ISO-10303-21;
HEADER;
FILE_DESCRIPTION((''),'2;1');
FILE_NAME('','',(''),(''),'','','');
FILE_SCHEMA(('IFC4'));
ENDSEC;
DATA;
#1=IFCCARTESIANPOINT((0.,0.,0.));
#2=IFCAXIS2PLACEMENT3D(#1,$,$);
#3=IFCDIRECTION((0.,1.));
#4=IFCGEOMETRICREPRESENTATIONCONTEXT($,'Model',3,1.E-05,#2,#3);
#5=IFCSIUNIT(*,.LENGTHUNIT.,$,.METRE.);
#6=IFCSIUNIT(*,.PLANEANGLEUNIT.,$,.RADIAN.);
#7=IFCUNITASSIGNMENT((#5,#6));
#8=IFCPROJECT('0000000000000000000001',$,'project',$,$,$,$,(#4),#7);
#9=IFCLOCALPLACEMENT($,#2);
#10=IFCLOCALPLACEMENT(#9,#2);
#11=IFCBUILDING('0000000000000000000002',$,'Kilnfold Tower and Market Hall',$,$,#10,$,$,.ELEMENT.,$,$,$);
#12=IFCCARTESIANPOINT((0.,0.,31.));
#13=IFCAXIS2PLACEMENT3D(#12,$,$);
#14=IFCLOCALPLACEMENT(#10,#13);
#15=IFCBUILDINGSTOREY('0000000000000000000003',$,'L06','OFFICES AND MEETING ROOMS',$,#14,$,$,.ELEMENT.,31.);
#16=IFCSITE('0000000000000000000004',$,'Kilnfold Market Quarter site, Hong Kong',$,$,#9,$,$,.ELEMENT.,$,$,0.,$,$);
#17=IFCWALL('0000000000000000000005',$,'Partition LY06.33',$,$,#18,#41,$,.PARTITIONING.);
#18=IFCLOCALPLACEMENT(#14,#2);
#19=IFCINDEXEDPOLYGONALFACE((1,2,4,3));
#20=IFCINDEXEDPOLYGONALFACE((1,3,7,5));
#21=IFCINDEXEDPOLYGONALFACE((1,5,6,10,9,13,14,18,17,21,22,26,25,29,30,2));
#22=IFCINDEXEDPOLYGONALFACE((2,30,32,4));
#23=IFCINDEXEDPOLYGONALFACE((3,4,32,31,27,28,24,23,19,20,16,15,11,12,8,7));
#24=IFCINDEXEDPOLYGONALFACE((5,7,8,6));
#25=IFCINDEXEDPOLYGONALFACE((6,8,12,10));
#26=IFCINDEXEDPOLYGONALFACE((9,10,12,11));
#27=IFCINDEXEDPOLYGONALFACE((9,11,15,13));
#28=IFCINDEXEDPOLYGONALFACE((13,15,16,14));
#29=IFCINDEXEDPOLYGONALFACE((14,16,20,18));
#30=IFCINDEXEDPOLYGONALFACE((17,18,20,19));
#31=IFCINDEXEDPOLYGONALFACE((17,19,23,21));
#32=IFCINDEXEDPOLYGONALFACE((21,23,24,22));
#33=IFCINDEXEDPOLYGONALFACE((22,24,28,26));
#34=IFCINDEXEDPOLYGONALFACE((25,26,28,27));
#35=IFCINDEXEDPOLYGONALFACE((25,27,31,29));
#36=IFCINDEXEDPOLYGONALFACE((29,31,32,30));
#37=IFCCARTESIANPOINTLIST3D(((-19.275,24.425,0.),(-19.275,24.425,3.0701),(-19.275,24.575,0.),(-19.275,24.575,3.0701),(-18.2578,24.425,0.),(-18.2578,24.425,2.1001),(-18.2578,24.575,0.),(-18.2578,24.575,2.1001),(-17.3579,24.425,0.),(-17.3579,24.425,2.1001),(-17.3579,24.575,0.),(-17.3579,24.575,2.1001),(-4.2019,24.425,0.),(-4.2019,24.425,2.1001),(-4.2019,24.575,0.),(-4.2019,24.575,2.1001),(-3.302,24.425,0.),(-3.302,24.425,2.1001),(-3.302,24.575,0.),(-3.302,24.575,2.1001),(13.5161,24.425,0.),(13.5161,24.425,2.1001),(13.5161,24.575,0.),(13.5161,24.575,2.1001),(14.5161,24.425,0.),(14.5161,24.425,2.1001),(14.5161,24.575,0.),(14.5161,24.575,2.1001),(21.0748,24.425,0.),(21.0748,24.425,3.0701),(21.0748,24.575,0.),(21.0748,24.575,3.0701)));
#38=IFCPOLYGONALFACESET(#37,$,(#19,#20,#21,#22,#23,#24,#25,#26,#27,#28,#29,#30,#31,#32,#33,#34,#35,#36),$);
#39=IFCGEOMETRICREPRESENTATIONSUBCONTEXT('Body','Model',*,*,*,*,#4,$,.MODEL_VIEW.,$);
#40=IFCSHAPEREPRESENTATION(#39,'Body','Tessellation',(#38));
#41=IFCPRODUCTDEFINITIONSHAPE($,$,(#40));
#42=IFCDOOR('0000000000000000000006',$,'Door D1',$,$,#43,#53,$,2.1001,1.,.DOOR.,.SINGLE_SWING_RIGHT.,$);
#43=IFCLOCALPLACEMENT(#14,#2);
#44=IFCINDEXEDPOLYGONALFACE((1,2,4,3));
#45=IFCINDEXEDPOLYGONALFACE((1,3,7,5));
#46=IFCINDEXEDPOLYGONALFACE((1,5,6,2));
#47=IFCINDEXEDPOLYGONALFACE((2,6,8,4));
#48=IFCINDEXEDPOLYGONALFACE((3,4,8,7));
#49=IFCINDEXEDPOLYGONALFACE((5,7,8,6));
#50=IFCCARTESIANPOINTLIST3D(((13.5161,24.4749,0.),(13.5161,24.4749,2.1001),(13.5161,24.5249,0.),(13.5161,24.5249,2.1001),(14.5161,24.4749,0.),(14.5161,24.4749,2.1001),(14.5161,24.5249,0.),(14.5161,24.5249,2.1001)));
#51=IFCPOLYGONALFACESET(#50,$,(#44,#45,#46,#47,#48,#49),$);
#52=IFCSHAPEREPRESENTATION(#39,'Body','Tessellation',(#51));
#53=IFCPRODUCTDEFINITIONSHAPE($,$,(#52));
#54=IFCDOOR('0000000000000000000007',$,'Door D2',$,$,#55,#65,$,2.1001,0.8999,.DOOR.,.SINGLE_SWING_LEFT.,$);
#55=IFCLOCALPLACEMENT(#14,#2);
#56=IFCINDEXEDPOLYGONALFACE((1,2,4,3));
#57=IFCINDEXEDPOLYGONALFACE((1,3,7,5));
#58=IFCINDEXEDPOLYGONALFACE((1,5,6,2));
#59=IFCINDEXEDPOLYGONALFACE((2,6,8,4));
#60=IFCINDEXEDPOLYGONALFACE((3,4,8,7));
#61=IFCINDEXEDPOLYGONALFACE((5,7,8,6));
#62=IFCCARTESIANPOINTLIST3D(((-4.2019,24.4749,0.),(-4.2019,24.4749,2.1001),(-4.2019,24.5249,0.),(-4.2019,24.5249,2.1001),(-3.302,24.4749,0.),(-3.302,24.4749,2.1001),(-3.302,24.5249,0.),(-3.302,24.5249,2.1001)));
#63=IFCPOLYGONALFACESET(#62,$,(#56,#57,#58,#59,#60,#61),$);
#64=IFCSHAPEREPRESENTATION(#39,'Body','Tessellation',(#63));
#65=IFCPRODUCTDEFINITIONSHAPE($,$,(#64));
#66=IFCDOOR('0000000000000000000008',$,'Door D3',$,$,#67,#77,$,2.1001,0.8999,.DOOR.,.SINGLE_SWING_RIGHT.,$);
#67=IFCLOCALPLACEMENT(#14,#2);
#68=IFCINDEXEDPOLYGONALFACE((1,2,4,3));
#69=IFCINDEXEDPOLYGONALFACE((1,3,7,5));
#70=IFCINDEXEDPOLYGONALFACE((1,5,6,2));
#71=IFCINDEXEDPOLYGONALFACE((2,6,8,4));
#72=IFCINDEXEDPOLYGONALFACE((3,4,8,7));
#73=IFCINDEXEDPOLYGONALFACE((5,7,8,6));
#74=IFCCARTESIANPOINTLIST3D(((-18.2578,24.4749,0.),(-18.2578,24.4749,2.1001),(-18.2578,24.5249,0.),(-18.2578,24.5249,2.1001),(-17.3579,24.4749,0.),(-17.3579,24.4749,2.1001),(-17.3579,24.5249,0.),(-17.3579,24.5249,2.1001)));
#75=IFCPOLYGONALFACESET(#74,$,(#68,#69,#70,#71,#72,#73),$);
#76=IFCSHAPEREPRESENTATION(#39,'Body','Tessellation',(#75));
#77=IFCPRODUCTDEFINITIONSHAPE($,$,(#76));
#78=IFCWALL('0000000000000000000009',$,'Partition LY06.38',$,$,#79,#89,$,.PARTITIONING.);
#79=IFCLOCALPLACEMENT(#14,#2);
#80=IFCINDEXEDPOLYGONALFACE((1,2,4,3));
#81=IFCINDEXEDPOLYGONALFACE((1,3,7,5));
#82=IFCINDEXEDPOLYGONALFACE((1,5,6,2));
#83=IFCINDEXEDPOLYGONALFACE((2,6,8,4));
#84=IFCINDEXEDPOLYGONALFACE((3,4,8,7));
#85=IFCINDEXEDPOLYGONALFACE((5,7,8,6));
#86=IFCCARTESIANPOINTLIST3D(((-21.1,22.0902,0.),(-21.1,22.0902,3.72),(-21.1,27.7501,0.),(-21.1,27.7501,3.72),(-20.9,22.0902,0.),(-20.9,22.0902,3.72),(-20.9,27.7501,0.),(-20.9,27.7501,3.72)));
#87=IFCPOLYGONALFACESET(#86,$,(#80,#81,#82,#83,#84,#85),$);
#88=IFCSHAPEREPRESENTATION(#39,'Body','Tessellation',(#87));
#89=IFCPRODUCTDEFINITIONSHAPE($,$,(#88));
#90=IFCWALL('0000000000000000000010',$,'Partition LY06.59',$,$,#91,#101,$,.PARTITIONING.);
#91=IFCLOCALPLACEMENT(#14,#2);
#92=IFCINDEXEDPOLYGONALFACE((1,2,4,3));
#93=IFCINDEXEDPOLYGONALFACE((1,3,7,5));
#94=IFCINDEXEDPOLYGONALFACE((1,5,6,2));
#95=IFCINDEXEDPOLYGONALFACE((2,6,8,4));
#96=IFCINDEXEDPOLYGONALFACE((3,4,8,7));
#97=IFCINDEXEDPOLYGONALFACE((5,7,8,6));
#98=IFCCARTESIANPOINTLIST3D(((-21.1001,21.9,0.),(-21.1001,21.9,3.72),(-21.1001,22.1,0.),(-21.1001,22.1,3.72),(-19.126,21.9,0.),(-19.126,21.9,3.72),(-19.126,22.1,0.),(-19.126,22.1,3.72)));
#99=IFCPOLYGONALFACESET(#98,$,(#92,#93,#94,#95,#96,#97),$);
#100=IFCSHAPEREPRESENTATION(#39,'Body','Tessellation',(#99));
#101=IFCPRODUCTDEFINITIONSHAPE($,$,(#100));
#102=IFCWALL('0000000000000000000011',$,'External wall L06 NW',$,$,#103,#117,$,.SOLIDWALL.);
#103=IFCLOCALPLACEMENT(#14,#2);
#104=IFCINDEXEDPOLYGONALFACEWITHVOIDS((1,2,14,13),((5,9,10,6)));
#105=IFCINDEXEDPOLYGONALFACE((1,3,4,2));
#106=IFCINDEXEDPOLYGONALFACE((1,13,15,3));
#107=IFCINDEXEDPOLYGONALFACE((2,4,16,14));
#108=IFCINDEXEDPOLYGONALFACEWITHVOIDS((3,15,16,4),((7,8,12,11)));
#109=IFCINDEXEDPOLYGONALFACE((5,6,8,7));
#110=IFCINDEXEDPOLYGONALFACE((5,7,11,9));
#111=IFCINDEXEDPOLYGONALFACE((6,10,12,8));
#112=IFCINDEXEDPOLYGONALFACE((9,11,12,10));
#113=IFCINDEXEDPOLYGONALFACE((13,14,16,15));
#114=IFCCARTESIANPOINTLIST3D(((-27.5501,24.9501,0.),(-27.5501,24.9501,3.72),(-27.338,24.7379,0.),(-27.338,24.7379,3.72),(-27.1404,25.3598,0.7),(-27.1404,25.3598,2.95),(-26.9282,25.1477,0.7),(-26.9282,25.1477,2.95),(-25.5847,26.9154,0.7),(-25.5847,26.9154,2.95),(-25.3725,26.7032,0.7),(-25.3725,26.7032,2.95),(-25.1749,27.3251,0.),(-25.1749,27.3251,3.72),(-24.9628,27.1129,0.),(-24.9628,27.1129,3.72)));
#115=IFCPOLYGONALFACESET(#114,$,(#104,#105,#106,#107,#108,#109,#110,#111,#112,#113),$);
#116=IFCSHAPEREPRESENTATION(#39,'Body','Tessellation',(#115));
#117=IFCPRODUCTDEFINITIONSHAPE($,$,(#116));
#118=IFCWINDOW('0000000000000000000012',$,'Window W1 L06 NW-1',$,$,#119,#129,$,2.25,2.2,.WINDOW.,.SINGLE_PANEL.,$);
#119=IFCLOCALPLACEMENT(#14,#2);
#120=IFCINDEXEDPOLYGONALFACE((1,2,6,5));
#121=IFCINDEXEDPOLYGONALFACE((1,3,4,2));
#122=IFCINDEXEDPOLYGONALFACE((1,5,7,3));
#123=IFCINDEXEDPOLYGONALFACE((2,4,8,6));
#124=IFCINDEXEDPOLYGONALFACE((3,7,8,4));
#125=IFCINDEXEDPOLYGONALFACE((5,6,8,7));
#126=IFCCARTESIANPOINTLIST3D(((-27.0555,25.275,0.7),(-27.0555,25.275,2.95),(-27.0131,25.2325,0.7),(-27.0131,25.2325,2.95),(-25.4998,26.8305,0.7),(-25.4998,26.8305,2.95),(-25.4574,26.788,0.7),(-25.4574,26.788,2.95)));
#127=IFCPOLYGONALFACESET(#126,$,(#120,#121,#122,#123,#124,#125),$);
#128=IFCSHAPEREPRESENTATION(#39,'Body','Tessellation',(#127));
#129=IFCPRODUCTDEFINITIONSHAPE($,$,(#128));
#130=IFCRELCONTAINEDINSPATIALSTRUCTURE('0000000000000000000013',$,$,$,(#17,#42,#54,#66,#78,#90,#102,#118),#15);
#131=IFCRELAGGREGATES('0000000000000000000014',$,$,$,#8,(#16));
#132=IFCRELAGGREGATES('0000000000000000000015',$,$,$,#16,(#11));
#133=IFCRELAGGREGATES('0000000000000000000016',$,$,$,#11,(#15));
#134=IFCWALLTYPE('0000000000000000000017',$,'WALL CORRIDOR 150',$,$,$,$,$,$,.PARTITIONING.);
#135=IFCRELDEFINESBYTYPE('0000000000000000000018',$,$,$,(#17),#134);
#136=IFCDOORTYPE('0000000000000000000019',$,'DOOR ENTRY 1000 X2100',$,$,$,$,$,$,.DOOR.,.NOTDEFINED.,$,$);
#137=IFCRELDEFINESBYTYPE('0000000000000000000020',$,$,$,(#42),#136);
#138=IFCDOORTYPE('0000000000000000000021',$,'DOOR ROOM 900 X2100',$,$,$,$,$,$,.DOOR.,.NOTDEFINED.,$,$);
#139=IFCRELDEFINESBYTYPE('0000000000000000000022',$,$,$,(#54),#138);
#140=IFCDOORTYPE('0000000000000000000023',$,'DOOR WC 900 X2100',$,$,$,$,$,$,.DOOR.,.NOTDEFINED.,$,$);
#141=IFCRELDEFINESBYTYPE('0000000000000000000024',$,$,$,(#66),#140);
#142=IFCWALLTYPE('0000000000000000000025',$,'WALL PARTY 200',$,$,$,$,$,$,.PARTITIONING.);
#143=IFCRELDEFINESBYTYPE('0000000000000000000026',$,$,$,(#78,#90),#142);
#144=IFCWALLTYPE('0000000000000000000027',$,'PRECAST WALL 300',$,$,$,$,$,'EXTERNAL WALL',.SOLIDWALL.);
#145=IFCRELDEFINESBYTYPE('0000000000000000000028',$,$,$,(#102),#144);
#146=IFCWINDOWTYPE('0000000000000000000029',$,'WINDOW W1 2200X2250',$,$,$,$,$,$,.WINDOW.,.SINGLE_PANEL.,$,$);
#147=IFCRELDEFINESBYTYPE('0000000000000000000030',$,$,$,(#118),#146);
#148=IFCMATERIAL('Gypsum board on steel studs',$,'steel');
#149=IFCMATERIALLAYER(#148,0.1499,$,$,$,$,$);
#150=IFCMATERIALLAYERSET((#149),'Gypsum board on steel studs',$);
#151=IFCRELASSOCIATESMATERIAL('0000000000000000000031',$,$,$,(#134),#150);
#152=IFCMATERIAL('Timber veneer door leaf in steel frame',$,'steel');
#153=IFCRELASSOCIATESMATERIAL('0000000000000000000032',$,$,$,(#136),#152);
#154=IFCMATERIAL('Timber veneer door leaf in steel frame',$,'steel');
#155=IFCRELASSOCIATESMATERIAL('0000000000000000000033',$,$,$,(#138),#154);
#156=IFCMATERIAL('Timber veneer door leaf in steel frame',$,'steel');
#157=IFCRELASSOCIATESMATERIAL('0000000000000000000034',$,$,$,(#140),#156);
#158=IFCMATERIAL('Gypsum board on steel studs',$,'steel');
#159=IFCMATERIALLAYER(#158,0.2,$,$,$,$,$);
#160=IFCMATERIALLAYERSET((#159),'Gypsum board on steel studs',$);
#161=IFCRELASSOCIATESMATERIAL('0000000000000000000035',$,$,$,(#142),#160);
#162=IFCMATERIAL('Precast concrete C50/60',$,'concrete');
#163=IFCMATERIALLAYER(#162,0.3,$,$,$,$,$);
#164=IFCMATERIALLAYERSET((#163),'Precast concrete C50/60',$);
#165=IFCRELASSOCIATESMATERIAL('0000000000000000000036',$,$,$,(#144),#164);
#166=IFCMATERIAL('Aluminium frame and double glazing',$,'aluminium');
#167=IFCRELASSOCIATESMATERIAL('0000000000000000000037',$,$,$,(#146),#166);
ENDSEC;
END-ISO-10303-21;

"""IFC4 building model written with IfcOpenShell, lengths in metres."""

from ifc_helpers import new_model, si_unit, direction, frame, frame_2d, origin, place, context, subcontext, project, spatial, rectangle, extrude, source, transform, mapped, material, layer, layer_set, type_object, element, fill, save


model = new_model("IFC4")

# Units and contexts
model_context = context("Model", 3, precision=1e-05, world=origin(), true_north=direction((0.0, 1.0)))
body_context = subcontext(model_context, "Body", "Model", "MODEL_VIEW")
ifc_project = project(units=[si_unit("LENGTHUNIT", "METRE"), si_unit("PLANEANGLEUNIT", "RADIAN")], contexts=[model_context])

# Site, building, storey
site_placement = place(None, origin())
site = spatial("IfcSite", under=ifc_project, at=site_placement, Name="Kilnfold Market Quarter site, Hong Kong", CompositionType="ELEMENT", RefElevation=0.0)
building_placement = place(site_placement, origin())
building = spatial("IfcBuilding", under=site, at=building_placement, Name="Kilnfold Tower and Market Hall", CompositionType="ELEMENT")
storey_placement = place(building_placement, frame((0.0, 0.0, 31.0)))
storey = spatial("IfcBuildingStorey", under=building, at=storey_placement, Name="L06", Description="OFFICES AND MEETING ROOMS", CompositionType="ELEMENT", Elevation=31.0)

# Shared definitions
ifc_material_1 = material(Name="Gypsum board on steel studs", Category="steel")
ifc_layer_1 = layer(ifc_material_1, 0.1499)
ifc_layer_set_1 = layer_set([ifc_layer_1], Name="Gypsum board on steel studs")
wall_type_1 = type_object("IfcWallType", Name="WALL CORRIDOR 150", PredefinedType="PARTITIONING", material=ifc_layer_set_1)

# Wall, openings, doors
wall_1_placement = place(storey_placement, frame((-19.2749, 24.5, 0.0), z_axis=(0.0, 0.0, 1.0), x_axis=(1.0, 0.0, 0.0)))
wall_1 = element("IfcWall", 1, at=wall_1_placement, inside=storey, type_object=wall_type_1, Name="Partition LY06.33", PredefinedType="PARTITIONING", context=body_context, shape_type="SweptSolid", body=[
    extrude(rectangle(XDim=40.3499, YDim=0.1499, at=frame_2d((20.1748, 0.0))), origin(), (0.0, 0.0, 1.0), 3.0701),
])
opening_1_placement = place(wall_1_placement, frame((1.0171, 0.0, 0.0)))
opening_1 = element("IfcOpeningElement", 2, at=opening_1_placement, cuts=wall_1, PredefinedType="OPENING", context=body_context, shape_type="SweptSolid", body=[
    extrude(rectangle(XDim=0.8999, YDim=2.1001, at=frame_2d((0.45, 1.05))), frame((0.0, 0.085, 0.0), z_axis=(0.0, -1.0, 0.0), x_axis=(1.0, 0.0, 0.0)), (0.0, 0.0, 1.0), 0.1699),
])
opening_2_placement = place(wall_1_placement, frame((15.073, 0.0, 0.0)))
opening_2 = element("IfcOpeningElement", 3, at=opening_2_placement, cuts=wall_1, PredefinedType="OPENING", context=body_context, shape_type="SweptSolid", body=[
    extrude(rectangle(XDim=0.8999, YDim=2.1001, at=frame_2d((0.45, 1.05))), frame((0.0, 0.085, 0.0), z_axis=(0.0, -1.0, 0.0), x_axis=(1.0, 0.0, 0.0)), (0.0, 0.0, 1.0), 0.1699),
])
opening_3_placement = place(wall_1_placement, frame((32.791, 0.0, 0.0)))
opening_3 = element("IfcOpeningElement", 4, at=opening_3_placement, cuts=wall_1, PredefinedType="OPENING", context=body_context, shape_type="SweptSolid", body=[
    extrude(rectangle(XDim=1.0, YDim=2.1001, at=frame_2d((0.5, 1.05))), frame((0.0, 0.085, 0.0), z_axis=(0.0, -1.0, 0.0), x_axis=(1.0, 0.0, 0.0)), (0.0, 0.0, 1.0), 0.1699),
])
ifc_material_2 = material(Name="Timber veneer door leaf in steel frame", Category="steel")
door_type_1 = type_object("IfcDoorType", Name="DOOR ENTRY 1000 X2100", OperationType="NOTDEFINED", PredefinedType="DOOR", material=ifc_material_2)
door_1_placement = place(opening_3_placement, origin())
door_1 = element("IfcDoor", 5, at=door_1_placement, inside=storey, type_object=door_type_1, Name="Door D1", OperationType="SINGLE_SWING_RIGHT", OverallHeight=2.1001, OverallWidth=1.0, PredefinedType="DOOR", context=body_context, shape_type="SweptSolid", body=[
    extrude(rectangle(XDim=1.0, YDim=2.1001, at=frame_2d((0.5, 1.05))), frame((0.0, 0.0249, 0.0), z_axis=(0.0, -1.0, 0.0), x_axis=(1.0, 0.0, 0.0)), (0.0, 0.0, 1.0), 0.05),
])
fill(opening_3, door_1)
ifc_material_3 = material(Name="Timber veneer door leaf in steel frame", Category="steel")
door_type_2 = type_object("IfcDoorType", Name="DOOR ROOM 900 X2100", OperationType="NOTDEFINED", PredefinedType="DOOR", material=ifc_material_3)
door_2_placement = place(opening_2_placement, origin())
door_2 = element("IfcDoor", 6, at=door_2_placement, inside=storey, type_object=door_type_2, Name="Door D2", OperationType="SINGLE_SWING_LEFT", OverallHeight=2.1001, OverallWidth=0.8999, PredefinedType="DOOR", context=body_context, shape_type="SweptSolid", body=[
    extrude(rectangle(XDim=0.8999, YDim=2.1001, at=frame_2d((0.45, 1.05))), frame((0.0, 0.0249, 0.0), z_axis=(0.0, -1.0, 0.0), x_axis=(1.0, 0.0, 0.0)), (0.0, 0.0, 1.0), 0.05),
])
fill(opening_2, door_2)
ifc_material_4 = material(Name="Timber veneer door leaf in steel frame", Category="steel")
door_type_3 = type_object("IfcDoorType", Name="DOOR WC 900 X2100", OperationType="NOTDEFINED", PredefinedType="DOOR", material=ifc_material_4)
door_3_placement = place(opening_1_placement, origin())
door_3 = element("IfcDoor", 7, at=door_3_placement, inside=storey, type_object=door_type_3, Name="Door D3", OperationType="SINGLE_SWING_RIGHT", OverallHeight=2.1001, OverallWidth=0.8999, PredefinedType="DOOR", context=body_context, shape_type="SweptSolid", body=[
    extrude(rectangle(XDim=0.8999, YDim=2.1001, at=frame_2d((0.45, 1.05))), frame((0.0, 0.0249, 0.0), z_axis=(0.0, -1.0, 0.0), x_axis=(1.0, 0.0, 0.0)), (0.0, 0.0, 1.0), 0.05),
])
fill(opening_1, door_3)

# Walls
ifc_material_5 = material(Name="Gypsum board on steel studs", Category="steel")
ifc_layer_2 = layer(ifc_material_5, 0.2)
ifc_layer_set_2 = layer_set([ifc_layer_2], Name="Gypsum board on steel studs")
wall_type_2 = type_object("IfcWallType", Name="WALL PARTY 200", PredefinedType="PARTITIONING", material=ifc_layer_set_2)
wall_2_placement = place(storey_placement, frame((-21.0, 22.0901, 0.0), z_axis=(0.0, 0.0, 1.0), x_axis=(0.0, 1.0, 0.0)))
element("IfcWall", 8, at=wall_2_placement, inside=storey, type_object=wall_type_2, Name="Partition LY06.38", PredefinedType="PARTITIONING", context=body_context, shape_type="SweptSolid", body=[
    extrude(rectangle(XDim=5.6599, YDim=0.2, at=frame_2d((2.8301, 0.0))), origin(), (0.0, 0.0, 1.0), 3.72),
])
wall_3_placement = place(storey_placement, frame((-21.1001, 22.0, 0.0), z_axis=(0.0, 0.0, 1.0), x_axis=(1.0, 0.0, 0.0)))
element("IfcWall", 9, at=wall_3_placement, inside=storey, type_object=wall_type_2, Name="Partition LY06.59", PredefinedType="PARTITIONING", context=body_context, shape_type="SweptSolid", body=[
    extrude(rectangle(XDim=1.9741, YDim=0.2, at=frame_2d((0.9871, 0.0))), origin(), (0.0, 0.0, 1.0), 3.72),
])

# Wall, opening, window
ifc_material_6 = material(Name="Precast concrete C50/60", Category="concrete")
ifc_layer_3 = layer(ifc_material_6, 0.3)
ifc_layer_set_3 = layer_set([ifc_layer_3], Name="Precast concrete C50/60")
wall_type_3 = type_object("IfcWallType", Name="PRECAST WALL 300", ElementType="EXTERNAL WALL", PredefinedType="SOLIDWALL", material=ifc_layer_set_3)
shared_shape_1 = source(origin(), body_context, "Body", "SweptSolid", [
    extrude(rectangle(XDim=3.3589, YDim=0.3, at=frame_2d((1.6794, 0.0))), origin(), (0.0, 0.0, 1.0), 3.72),
])
wall_4_placement = place(storey_placement, frame((-25.0688, 27.219, 0.0), z_axis=(0.0, 0.0, 1.0), x_axis=(-0.707143, -0.70707, 0.0)))
wall_4 = element("IfcWall", 10, at=wall_4_placement, inside=storey, type_object=wall_type_3, Name="External wall L06 NW", PredefinedType="SOLIDWALL", context=body_context, shape_type="MappedRepresentation", body=[
    mapped(shared_shape_1, transform((0.0, 0.0, 0.0))),
])
opening_4_placement = place(wall_4_placement, frame((0.5793, 0.0, 0.7)))
opening_4 = element("IfcOpeningElement", 11, at=opening_4_placement, cuts=wall_4, PredefinedType="OPENING", context=body_context, shape_type="SweptSolid", body=[
    extrude(rectangle(XDim=2.2, YDim=2.25, at=frame_2d((1.1001, 1.125))), frame((0.0, 0.1602, 0.0), z_axis=(0.0, -1.0, 0.0), x_axis=(1.0, 0.0, 0.0)), (0.0, 0.0, 1.0), 0.3201),
])
ifc_material_7 = material(Name="Aluminium frame and double glazing", Category="aluminium")
window_type = type_object("IfcWindowType", Name="WINDOW W1 2200X2250", PartitioningType="SINGLE_PANEL", PredefinedType="WINDOW", material=ifc_material_7)
window_1_placement = place(opening_4_placement, origin())
window_1 = element("IfcWindow", 12, at=window_1_placement, inside=storey, type_object=window_type, Name="Window W1 L06 NW-1", OverallHeight=2.25, OverallWidth=2.2, PartitioningType="SINGLE_PANEL", PredefinedType="WINDOW", context=body_context, shape_type="SweptSolid", body=[
    extrude(rectangle(XDim=2.2, YDim=2.25, at=frame_2d((1.1001, 1.125))), frame((0.0, 0.03, 0.0), z_axis=(0.0, -1.0, 0.0), x_axis=(1.0, 0.0, 0.0)), (0.0, 0.0, 1.0), 0.0601),
])
fill(opening_4, window_1)

save(model, "model.ifc")
